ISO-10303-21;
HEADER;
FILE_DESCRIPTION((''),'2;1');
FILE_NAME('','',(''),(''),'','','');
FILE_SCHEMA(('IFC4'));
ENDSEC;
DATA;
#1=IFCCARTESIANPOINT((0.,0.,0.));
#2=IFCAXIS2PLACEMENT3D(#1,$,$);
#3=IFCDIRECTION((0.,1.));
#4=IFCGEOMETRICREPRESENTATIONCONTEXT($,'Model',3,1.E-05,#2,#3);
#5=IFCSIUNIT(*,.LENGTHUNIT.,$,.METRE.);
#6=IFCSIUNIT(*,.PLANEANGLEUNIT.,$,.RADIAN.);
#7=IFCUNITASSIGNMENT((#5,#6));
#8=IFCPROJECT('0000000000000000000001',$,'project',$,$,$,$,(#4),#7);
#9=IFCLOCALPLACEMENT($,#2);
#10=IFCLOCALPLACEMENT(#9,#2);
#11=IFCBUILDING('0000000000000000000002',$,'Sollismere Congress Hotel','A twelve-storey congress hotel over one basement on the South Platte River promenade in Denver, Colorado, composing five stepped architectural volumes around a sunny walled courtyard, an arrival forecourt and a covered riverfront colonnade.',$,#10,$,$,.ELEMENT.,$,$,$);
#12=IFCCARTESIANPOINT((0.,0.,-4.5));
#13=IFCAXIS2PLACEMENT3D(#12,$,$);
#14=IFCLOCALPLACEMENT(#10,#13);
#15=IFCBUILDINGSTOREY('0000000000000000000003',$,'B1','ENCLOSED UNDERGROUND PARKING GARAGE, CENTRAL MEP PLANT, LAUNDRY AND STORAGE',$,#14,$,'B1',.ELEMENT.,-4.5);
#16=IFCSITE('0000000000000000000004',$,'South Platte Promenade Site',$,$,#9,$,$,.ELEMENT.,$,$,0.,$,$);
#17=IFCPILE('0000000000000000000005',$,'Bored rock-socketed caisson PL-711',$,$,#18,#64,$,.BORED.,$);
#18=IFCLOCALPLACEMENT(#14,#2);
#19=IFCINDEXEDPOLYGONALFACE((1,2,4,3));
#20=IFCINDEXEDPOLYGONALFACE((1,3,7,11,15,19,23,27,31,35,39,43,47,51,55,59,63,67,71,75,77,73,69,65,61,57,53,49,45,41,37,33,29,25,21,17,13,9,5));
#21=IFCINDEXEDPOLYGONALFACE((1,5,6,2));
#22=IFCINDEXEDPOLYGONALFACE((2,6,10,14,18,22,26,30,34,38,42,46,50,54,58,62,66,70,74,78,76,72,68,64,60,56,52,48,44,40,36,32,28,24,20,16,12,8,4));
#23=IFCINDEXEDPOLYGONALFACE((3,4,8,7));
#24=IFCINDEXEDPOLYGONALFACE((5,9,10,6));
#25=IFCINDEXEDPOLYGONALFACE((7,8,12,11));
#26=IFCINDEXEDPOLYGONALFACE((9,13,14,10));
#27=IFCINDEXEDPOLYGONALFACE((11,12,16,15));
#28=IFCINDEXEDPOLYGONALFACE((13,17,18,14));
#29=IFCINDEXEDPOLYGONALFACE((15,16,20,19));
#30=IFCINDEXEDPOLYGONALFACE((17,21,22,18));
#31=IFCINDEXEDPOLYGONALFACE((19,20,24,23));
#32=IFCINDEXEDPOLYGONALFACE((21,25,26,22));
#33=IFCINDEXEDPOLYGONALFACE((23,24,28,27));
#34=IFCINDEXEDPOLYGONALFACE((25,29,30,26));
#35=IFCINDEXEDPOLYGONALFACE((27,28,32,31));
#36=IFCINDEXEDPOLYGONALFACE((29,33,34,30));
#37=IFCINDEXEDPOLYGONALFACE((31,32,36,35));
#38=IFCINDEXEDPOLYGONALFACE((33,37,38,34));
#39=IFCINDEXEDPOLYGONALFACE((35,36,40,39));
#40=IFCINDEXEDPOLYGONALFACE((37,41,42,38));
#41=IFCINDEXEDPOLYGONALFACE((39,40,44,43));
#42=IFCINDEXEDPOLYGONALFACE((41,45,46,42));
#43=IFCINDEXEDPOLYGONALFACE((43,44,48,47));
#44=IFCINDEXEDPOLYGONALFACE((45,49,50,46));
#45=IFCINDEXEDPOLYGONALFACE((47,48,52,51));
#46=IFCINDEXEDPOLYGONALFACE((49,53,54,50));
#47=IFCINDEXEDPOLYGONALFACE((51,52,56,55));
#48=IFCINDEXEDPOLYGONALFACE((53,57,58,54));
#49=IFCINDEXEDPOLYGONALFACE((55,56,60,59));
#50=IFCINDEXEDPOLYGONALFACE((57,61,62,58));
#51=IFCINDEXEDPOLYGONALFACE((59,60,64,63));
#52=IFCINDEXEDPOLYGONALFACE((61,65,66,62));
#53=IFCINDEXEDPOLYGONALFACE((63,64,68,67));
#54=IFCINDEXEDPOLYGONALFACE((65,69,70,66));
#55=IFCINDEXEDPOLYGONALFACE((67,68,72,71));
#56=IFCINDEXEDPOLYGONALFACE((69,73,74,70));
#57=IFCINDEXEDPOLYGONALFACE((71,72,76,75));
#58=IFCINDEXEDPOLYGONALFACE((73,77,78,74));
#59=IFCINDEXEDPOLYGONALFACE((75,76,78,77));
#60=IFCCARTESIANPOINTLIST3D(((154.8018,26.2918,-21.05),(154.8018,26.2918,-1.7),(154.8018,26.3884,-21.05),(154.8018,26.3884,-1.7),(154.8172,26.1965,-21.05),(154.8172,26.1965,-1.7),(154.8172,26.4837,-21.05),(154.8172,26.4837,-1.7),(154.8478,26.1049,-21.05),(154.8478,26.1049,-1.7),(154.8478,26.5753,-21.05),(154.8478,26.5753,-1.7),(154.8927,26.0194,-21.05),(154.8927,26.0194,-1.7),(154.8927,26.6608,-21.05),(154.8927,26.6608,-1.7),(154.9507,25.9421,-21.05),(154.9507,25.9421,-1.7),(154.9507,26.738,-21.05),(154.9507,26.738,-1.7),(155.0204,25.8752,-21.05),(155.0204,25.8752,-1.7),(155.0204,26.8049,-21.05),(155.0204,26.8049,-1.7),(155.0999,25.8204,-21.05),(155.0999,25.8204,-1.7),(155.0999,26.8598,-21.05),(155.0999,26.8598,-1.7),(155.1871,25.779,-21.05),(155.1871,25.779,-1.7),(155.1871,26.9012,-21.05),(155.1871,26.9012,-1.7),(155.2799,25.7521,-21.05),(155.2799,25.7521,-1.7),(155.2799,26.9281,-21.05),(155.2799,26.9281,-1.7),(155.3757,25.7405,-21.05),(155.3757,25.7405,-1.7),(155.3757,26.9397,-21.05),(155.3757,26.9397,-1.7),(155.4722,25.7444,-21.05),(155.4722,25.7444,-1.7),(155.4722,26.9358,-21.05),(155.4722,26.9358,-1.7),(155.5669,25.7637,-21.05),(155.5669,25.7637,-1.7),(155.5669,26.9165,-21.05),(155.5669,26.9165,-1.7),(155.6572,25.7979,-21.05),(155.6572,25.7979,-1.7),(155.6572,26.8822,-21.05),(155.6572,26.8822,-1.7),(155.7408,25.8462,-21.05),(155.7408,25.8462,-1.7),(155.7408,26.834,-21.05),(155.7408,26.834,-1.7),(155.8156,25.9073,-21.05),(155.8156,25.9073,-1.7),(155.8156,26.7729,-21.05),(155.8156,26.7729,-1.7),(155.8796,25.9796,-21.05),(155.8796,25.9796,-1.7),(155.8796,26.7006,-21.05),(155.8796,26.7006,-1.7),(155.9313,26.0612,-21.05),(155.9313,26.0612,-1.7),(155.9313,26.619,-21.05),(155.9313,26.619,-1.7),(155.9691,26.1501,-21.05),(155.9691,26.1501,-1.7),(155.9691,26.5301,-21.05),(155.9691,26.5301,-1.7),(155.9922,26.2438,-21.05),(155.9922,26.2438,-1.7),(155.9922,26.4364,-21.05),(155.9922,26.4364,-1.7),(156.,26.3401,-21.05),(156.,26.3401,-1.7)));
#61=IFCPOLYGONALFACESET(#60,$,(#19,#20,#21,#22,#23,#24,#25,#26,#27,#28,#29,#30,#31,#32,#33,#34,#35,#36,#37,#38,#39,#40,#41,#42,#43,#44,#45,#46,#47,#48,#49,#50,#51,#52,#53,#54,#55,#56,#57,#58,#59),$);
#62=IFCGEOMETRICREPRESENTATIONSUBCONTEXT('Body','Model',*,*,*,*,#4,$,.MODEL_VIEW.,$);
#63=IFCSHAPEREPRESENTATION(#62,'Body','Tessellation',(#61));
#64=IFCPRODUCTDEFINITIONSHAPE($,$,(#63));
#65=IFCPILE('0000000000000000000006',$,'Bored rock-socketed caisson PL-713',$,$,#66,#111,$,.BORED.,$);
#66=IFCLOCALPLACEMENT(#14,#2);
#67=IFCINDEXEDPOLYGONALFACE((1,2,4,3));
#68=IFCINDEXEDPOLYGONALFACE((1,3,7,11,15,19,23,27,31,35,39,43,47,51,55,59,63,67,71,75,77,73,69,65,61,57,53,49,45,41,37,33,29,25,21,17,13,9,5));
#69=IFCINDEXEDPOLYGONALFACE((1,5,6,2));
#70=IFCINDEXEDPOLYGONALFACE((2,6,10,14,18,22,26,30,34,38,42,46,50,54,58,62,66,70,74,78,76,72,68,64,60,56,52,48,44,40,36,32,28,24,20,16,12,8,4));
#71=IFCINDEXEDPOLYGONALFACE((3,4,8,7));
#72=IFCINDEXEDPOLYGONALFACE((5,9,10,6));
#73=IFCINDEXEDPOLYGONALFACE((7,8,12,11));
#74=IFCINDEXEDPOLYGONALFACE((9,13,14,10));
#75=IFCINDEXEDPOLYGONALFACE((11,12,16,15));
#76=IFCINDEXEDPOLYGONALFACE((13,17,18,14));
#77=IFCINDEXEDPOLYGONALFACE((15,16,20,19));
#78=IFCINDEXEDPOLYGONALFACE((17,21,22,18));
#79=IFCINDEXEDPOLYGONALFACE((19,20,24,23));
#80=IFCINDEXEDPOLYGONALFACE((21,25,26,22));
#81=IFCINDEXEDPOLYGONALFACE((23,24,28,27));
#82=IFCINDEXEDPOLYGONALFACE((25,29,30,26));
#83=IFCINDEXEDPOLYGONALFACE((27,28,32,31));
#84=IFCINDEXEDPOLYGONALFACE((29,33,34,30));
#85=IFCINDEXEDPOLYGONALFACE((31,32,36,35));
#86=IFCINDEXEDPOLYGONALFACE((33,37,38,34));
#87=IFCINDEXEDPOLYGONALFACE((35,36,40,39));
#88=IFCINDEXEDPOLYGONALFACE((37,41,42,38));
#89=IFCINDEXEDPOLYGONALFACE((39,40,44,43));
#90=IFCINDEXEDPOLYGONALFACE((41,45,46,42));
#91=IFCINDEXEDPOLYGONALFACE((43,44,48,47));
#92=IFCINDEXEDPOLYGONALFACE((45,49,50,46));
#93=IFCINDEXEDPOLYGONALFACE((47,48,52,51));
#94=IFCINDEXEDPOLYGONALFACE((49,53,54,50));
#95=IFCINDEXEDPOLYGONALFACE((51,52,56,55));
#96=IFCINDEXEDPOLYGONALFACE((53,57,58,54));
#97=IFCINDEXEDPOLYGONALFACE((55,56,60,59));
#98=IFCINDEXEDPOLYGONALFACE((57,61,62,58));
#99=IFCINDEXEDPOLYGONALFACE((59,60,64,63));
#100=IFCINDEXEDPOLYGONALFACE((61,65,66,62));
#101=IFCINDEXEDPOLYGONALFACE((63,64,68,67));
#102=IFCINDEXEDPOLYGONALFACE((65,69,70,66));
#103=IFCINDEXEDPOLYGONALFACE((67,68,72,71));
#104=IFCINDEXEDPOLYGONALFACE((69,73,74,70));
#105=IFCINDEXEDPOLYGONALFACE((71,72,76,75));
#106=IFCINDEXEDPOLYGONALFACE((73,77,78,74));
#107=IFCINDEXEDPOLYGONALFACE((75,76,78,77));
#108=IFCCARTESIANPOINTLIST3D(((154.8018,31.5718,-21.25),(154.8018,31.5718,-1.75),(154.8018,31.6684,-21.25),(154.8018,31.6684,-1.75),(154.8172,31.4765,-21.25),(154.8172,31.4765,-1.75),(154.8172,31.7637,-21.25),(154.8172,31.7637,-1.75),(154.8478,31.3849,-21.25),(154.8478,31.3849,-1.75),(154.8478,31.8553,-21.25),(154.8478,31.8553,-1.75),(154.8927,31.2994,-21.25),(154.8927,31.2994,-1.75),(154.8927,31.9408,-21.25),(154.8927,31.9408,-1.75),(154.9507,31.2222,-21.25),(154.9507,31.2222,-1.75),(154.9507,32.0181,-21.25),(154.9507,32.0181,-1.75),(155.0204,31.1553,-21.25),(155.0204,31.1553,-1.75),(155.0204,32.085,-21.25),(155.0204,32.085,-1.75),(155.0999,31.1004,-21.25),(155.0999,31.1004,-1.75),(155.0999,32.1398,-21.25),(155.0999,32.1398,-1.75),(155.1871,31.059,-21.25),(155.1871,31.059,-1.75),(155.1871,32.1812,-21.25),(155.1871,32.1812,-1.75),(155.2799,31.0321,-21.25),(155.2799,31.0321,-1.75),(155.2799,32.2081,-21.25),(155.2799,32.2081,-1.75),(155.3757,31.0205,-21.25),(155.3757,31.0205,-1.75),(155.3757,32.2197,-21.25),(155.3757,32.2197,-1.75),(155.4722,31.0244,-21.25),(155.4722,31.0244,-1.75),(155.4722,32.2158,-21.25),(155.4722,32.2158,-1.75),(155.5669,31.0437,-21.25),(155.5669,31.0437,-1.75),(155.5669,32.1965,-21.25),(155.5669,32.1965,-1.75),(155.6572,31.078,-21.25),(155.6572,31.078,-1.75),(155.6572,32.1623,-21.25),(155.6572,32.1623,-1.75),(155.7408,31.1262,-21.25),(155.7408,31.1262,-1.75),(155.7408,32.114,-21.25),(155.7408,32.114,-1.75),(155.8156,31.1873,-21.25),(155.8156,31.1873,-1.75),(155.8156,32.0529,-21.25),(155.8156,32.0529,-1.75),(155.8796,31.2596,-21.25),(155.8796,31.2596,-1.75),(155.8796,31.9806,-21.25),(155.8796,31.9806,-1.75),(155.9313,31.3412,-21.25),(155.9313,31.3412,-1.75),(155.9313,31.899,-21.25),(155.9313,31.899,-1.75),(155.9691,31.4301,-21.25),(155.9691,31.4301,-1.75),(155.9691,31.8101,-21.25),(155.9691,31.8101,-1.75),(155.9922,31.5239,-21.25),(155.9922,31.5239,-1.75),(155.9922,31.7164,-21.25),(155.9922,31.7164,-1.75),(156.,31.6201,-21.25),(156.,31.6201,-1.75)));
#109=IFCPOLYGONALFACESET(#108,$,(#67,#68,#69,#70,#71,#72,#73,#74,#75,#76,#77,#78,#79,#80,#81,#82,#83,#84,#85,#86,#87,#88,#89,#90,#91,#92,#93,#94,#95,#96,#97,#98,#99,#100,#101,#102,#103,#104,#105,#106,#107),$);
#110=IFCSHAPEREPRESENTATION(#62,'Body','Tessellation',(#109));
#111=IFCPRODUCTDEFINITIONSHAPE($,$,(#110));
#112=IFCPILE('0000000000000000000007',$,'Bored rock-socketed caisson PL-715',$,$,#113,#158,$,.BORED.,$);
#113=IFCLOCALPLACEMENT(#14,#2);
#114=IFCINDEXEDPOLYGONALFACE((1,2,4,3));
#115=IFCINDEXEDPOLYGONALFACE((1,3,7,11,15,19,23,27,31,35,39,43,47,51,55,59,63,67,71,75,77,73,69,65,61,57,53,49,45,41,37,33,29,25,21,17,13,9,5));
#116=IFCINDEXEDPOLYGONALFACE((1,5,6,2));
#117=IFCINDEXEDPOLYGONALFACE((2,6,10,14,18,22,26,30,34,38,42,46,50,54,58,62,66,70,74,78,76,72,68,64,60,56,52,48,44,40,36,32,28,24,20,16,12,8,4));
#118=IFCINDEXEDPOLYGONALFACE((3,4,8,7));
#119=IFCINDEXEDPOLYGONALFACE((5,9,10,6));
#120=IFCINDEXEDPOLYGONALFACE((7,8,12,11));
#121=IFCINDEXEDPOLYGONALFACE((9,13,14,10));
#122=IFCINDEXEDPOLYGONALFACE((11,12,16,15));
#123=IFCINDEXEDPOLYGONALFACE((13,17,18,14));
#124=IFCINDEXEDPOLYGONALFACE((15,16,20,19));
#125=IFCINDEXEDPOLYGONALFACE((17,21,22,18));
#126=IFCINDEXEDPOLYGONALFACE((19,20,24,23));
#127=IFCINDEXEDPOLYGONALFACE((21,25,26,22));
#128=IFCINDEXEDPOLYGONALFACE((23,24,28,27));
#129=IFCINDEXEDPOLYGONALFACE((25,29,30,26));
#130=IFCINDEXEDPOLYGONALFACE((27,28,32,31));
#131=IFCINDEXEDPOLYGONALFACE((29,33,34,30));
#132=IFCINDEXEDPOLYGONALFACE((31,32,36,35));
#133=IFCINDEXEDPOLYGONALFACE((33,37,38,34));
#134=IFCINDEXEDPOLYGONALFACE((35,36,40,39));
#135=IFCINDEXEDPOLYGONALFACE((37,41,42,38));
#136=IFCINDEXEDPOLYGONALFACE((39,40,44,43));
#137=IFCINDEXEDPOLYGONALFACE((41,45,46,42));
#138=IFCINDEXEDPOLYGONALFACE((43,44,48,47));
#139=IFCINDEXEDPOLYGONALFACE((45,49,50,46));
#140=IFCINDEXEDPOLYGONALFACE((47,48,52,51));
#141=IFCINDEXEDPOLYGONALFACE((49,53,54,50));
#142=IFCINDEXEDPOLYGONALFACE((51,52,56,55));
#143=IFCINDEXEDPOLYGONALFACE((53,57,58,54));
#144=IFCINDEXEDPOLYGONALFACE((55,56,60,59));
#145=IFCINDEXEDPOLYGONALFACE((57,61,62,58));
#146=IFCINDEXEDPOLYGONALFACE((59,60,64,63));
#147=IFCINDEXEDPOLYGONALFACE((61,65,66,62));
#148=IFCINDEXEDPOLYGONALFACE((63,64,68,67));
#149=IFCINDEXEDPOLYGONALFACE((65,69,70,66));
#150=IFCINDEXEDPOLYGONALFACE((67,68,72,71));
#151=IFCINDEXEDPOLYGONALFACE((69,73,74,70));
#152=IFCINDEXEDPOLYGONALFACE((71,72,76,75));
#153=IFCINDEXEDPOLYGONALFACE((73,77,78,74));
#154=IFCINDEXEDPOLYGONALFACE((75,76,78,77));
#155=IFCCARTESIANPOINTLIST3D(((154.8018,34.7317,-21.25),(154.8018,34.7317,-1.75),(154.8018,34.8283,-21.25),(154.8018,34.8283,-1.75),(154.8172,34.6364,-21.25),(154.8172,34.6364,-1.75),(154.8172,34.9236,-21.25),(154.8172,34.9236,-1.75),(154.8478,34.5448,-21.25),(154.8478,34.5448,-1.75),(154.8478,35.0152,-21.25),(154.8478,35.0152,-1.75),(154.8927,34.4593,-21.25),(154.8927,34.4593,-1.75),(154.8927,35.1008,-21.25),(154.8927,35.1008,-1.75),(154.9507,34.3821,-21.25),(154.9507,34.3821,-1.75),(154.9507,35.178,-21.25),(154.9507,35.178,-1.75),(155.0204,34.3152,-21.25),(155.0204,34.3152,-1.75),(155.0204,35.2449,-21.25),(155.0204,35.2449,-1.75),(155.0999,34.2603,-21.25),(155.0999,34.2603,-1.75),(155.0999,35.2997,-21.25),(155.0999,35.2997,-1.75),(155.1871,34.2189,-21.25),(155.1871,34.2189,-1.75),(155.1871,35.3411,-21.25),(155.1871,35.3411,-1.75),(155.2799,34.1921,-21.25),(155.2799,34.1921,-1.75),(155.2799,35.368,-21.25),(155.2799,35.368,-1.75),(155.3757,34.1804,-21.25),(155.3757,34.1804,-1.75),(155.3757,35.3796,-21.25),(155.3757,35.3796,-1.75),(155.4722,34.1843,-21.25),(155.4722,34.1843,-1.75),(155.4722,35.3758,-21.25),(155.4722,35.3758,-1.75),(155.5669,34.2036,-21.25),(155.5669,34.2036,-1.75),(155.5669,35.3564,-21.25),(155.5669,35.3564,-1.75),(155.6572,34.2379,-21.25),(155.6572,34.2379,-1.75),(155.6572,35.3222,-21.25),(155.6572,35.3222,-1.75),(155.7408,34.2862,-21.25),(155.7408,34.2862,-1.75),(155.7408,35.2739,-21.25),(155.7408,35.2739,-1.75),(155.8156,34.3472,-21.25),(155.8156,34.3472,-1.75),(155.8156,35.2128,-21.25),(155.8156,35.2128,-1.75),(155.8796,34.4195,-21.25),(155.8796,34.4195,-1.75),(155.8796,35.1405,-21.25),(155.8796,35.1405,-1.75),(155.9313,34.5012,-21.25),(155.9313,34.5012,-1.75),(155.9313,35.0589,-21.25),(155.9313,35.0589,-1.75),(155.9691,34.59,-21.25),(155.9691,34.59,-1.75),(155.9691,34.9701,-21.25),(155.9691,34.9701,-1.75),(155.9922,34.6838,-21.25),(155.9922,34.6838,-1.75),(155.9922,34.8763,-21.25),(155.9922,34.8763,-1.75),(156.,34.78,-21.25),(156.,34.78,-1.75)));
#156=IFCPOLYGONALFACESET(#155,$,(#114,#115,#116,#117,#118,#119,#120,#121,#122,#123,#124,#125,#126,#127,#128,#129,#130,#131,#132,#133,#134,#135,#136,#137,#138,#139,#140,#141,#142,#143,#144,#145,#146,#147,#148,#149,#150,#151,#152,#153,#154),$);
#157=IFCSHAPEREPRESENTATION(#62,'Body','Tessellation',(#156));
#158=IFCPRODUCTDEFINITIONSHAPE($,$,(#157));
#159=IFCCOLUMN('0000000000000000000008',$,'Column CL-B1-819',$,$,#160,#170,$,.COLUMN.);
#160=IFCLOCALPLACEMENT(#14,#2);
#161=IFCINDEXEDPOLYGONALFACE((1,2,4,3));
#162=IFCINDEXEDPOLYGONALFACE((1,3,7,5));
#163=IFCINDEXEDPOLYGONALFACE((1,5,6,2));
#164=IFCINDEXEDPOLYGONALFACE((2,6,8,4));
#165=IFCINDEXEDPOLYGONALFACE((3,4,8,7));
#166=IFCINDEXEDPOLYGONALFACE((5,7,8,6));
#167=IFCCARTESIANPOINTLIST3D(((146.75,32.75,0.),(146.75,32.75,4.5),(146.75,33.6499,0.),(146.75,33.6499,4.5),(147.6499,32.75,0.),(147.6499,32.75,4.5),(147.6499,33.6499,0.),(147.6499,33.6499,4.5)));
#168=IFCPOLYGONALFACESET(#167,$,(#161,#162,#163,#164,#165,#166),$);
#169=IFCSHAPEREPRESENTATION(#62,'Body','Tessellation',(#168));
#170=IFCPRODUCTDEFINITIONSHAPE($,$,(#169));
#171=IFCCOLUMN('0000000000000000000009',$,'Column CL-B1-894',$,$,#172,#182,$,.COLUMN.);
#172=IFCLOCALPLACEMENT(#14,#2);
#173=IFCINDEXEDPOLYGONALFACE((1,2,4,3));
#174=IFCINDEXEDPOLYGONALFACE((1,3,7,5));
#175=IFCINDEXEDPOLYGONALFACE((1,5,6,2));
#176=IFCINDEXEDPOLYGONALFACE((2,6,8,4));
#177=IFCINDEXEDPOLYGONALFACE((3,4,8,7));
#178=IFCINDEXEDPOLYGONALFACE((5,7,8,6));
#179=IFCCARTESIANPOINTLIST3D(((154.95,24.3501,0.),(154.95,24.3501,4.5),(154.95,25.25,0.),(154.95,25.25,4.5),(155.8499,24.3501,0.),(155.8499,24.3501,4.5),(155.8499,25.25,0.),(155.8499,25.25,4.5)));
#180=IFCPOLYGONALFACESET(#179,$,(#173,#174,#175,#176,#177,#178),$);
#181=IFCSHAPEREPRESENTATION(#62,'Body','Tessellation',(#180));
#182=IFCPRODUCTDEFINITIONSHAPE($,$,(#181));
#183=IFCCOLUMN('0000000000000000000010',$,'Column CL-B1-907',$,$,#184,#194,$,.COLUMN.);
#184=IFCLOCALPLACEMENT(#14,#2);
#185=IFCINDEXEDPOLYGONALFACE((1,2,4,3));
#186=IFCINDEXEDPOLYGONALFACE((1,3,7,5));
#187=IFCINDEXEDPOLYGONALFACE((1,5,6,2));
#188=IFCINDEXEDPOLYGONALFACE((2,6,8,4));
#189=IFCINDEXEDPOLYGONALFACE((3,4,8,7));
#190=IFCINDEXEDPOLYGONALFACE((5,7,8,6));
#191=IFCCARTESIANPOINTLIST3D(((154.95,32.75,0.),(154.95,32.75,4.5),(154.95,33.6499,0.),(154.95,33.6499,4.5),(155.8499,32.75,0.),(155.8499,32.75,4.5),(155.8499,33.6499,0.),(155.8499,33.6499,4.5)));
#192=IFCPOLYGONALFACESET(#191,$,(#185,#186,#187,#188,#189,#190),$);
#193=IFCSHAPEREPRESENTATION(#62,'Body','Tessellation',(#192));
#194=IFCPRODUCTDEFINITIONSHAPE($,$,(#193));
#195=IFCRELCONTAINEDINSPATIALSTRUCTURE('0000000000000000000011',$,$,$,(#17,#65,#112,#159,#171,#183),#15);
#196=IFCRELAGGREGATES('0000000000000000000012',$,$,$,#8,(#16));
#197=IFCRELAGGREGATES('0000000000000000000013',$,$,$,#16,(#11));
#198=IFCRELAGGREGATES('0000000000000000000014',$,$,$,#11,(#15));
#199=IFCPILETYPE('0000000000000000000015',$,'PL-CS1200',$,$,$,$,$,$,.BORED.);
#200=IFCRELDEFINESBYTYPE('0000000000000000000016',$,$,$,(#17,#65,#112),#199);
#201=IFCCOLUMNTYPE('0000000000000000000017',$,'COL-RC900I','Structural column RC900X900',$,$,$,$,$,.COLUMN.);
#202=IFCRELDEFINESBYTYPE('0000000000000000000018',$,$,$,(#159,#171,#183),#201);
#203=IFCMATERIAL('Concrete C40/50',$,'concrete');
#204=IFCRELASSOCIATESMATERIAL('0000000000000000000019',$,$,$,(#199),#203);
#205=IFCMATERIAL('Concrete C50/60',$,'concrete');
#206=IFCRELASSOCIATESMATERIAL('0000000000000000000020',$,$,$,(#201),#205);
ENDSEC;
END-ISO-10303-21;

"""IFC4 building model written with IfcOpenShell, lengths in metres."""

from ifc_helpers import new_model, si_unit, direction, frame, origin, origin_2d, place, context, subcontext, project, spatial, rectangle, circle, extrude, material, material_profile, profile_set, type_object, element, save


model = new_model("IFC4")

# Units and contexts
model_context = context("Model", 3, precision=1e-05, world=origin(), true_north=direction((0.0, 1.0)))
body_context = subcontext(model_context, "Body", "Model", "MODEL_VIEW")
ifc_project = project(units=[si_unit("LENGTHUNIT", "METRE"), si_unit("PLANEANGLEUNIT", "RADIAN")], contexts=[model_context])

# Site, building, storey
site_placement = place(None, origin())
site = spatial("IfcSite", under=ifc_project, at=site_placement, Name="South Platte Promenade Site", CompositionType="ELEMENT", RefElevation=0.0)
building_placement = place(site_placement, origin())
building = spatial("IfcBuilding", under=site, at=building_placement, Name="Sollismere Congress Hotel", Description="A twelve-storey congress hotel over one basement on the South Platte River promenade in Denver, Colorado, composing five stepped architectural volumes around a sunny walled courtyard, an arrival forecourt and a covered riverfront colonnade.", CompositionType="ELEMENT")
storey_placement = place(building_placement, frame((0.0, 0.0, -4.5)))
storey = spatial("IfcBuildingStorey", under=building, at=storey_placement, Name="B1", Description="ENCLOSED UNDERGROUND PARKING GARAGE, CENTRAL MEP PLANT, LAUNDRY AND STORAGE", LongName="B1", CompositionType="ELEMENT", Elevation=-4.5)

# Shared definitions
ifc_material_1 = material(Name="Concrete C40/50", Category="concrete")

# Piles
ifc_material_profile_1 = material_profile(ifc_material_1, circle(Radius=0.6001, at=origin_2d()), Name="CAISSON1200")
ifc_profile_set_1 = profile_set([ifc_material_profile_1], Name="Concrete C40/50")
pile_type = type_object("IfcPileType", Name="PL-CS1200", PredefinedType="BORED", material=ifc_profile_set_1)
pile_placement = place(storey_placement, frame((155.3999, 26.3401, -1.7), z_axis=(0.0, 0.0, -1.0), x_axis=(1.0, 0.0, 0.0)))
element("IfcPile", 1, at=pile_placement, inside=storey, type_object=pile_type, Name="Bored rock-socketed caisson PL-711", PredefinedType="BORED", context=body_context, shape_type="SweptSolid", body=[
    extrude(circle(Radius=0.6001, at=origin_2d()), origin(), (0.0, 0.0, 1.0), 19.3501),
])
for number, where, z_axis, x_axis, name in (
    (2, (155.3999, 31.6201, -1.75), (0.0, 0.0, -1.0), (1.0, 0.0, 0.0), "Bored rock-socketed caisson PL-713"),
    (3, (155.3999, 34.78, -1.75), (0.0, 0.0, -1.0), (1.0, 0.0, 0.0), "Bored rock-socketed caisson PL-715"),
):
    element("IfcPile", number, at=place(storey_placement, frame(where, z_axis=z_axis, x_axis=x_axis)), inside=storey, type_object=pile_type, Name=name, PredefinedType="BORED", context=body_context, shape_type="SweptSolid", body=[
        extrude(circle(Radius=0.6001, at=origin_2d()), origin(), (0.0, 0.0, 1.0), 19.5),
    ])

# Columns
ifc_material_2 = material(Name="Concrete C50/60", Category="concrete")
ifc_material_profile_2 = material_profile(ifc_material_2, rectangle(XDim=0.8999, YDim=0.8999, at=origin_2d()), Name="RC900X900")
ifc_profile_set_2 = profile_set([ifc_material_profile_2], Name="Concrete C50/60")
column_type = type_object("IfcColumnType", Name="COL-RC900I", Description="Structural column RC900X900", PredefinedType="COLUMN", material=ifc_profile_set_2)
for number, where, z_axis, x_axis, name in (
    (4, (147.2, 33.2, 0.0), (0.0, 0.0, 1.0), (1.0, 0.0, 0.0), "Column CL-B1-819"),
    (5, (155.3999, 24.8, 0.0), (0.0, 0.0, 1.0), (0.0, 1.0, 0.0), "Column CL-B1-894"),
    (6, (155.3999, 33.2, 0.0), (0.0, 0.0, 1.0), (1.0, 0.0, 0.0), "Column CL-B1-907"),
):
    element("IfcColumn", number, at=place(storey_placement, frame(where, z_axis=z_axis, x_axis=x_axis)), inside=storey, type_object=column_type, Name=name, PredefinedType="COLUMN", context=body_context, shape_type="SweptSolid", body=[
        extrude(rectangle(XDim=0.8999, YDim=0.8999, at=origin_2d()), origin(), (0.0, 0.0, 1.0), 4.5),
    ])

save(model, "model.ifc")
